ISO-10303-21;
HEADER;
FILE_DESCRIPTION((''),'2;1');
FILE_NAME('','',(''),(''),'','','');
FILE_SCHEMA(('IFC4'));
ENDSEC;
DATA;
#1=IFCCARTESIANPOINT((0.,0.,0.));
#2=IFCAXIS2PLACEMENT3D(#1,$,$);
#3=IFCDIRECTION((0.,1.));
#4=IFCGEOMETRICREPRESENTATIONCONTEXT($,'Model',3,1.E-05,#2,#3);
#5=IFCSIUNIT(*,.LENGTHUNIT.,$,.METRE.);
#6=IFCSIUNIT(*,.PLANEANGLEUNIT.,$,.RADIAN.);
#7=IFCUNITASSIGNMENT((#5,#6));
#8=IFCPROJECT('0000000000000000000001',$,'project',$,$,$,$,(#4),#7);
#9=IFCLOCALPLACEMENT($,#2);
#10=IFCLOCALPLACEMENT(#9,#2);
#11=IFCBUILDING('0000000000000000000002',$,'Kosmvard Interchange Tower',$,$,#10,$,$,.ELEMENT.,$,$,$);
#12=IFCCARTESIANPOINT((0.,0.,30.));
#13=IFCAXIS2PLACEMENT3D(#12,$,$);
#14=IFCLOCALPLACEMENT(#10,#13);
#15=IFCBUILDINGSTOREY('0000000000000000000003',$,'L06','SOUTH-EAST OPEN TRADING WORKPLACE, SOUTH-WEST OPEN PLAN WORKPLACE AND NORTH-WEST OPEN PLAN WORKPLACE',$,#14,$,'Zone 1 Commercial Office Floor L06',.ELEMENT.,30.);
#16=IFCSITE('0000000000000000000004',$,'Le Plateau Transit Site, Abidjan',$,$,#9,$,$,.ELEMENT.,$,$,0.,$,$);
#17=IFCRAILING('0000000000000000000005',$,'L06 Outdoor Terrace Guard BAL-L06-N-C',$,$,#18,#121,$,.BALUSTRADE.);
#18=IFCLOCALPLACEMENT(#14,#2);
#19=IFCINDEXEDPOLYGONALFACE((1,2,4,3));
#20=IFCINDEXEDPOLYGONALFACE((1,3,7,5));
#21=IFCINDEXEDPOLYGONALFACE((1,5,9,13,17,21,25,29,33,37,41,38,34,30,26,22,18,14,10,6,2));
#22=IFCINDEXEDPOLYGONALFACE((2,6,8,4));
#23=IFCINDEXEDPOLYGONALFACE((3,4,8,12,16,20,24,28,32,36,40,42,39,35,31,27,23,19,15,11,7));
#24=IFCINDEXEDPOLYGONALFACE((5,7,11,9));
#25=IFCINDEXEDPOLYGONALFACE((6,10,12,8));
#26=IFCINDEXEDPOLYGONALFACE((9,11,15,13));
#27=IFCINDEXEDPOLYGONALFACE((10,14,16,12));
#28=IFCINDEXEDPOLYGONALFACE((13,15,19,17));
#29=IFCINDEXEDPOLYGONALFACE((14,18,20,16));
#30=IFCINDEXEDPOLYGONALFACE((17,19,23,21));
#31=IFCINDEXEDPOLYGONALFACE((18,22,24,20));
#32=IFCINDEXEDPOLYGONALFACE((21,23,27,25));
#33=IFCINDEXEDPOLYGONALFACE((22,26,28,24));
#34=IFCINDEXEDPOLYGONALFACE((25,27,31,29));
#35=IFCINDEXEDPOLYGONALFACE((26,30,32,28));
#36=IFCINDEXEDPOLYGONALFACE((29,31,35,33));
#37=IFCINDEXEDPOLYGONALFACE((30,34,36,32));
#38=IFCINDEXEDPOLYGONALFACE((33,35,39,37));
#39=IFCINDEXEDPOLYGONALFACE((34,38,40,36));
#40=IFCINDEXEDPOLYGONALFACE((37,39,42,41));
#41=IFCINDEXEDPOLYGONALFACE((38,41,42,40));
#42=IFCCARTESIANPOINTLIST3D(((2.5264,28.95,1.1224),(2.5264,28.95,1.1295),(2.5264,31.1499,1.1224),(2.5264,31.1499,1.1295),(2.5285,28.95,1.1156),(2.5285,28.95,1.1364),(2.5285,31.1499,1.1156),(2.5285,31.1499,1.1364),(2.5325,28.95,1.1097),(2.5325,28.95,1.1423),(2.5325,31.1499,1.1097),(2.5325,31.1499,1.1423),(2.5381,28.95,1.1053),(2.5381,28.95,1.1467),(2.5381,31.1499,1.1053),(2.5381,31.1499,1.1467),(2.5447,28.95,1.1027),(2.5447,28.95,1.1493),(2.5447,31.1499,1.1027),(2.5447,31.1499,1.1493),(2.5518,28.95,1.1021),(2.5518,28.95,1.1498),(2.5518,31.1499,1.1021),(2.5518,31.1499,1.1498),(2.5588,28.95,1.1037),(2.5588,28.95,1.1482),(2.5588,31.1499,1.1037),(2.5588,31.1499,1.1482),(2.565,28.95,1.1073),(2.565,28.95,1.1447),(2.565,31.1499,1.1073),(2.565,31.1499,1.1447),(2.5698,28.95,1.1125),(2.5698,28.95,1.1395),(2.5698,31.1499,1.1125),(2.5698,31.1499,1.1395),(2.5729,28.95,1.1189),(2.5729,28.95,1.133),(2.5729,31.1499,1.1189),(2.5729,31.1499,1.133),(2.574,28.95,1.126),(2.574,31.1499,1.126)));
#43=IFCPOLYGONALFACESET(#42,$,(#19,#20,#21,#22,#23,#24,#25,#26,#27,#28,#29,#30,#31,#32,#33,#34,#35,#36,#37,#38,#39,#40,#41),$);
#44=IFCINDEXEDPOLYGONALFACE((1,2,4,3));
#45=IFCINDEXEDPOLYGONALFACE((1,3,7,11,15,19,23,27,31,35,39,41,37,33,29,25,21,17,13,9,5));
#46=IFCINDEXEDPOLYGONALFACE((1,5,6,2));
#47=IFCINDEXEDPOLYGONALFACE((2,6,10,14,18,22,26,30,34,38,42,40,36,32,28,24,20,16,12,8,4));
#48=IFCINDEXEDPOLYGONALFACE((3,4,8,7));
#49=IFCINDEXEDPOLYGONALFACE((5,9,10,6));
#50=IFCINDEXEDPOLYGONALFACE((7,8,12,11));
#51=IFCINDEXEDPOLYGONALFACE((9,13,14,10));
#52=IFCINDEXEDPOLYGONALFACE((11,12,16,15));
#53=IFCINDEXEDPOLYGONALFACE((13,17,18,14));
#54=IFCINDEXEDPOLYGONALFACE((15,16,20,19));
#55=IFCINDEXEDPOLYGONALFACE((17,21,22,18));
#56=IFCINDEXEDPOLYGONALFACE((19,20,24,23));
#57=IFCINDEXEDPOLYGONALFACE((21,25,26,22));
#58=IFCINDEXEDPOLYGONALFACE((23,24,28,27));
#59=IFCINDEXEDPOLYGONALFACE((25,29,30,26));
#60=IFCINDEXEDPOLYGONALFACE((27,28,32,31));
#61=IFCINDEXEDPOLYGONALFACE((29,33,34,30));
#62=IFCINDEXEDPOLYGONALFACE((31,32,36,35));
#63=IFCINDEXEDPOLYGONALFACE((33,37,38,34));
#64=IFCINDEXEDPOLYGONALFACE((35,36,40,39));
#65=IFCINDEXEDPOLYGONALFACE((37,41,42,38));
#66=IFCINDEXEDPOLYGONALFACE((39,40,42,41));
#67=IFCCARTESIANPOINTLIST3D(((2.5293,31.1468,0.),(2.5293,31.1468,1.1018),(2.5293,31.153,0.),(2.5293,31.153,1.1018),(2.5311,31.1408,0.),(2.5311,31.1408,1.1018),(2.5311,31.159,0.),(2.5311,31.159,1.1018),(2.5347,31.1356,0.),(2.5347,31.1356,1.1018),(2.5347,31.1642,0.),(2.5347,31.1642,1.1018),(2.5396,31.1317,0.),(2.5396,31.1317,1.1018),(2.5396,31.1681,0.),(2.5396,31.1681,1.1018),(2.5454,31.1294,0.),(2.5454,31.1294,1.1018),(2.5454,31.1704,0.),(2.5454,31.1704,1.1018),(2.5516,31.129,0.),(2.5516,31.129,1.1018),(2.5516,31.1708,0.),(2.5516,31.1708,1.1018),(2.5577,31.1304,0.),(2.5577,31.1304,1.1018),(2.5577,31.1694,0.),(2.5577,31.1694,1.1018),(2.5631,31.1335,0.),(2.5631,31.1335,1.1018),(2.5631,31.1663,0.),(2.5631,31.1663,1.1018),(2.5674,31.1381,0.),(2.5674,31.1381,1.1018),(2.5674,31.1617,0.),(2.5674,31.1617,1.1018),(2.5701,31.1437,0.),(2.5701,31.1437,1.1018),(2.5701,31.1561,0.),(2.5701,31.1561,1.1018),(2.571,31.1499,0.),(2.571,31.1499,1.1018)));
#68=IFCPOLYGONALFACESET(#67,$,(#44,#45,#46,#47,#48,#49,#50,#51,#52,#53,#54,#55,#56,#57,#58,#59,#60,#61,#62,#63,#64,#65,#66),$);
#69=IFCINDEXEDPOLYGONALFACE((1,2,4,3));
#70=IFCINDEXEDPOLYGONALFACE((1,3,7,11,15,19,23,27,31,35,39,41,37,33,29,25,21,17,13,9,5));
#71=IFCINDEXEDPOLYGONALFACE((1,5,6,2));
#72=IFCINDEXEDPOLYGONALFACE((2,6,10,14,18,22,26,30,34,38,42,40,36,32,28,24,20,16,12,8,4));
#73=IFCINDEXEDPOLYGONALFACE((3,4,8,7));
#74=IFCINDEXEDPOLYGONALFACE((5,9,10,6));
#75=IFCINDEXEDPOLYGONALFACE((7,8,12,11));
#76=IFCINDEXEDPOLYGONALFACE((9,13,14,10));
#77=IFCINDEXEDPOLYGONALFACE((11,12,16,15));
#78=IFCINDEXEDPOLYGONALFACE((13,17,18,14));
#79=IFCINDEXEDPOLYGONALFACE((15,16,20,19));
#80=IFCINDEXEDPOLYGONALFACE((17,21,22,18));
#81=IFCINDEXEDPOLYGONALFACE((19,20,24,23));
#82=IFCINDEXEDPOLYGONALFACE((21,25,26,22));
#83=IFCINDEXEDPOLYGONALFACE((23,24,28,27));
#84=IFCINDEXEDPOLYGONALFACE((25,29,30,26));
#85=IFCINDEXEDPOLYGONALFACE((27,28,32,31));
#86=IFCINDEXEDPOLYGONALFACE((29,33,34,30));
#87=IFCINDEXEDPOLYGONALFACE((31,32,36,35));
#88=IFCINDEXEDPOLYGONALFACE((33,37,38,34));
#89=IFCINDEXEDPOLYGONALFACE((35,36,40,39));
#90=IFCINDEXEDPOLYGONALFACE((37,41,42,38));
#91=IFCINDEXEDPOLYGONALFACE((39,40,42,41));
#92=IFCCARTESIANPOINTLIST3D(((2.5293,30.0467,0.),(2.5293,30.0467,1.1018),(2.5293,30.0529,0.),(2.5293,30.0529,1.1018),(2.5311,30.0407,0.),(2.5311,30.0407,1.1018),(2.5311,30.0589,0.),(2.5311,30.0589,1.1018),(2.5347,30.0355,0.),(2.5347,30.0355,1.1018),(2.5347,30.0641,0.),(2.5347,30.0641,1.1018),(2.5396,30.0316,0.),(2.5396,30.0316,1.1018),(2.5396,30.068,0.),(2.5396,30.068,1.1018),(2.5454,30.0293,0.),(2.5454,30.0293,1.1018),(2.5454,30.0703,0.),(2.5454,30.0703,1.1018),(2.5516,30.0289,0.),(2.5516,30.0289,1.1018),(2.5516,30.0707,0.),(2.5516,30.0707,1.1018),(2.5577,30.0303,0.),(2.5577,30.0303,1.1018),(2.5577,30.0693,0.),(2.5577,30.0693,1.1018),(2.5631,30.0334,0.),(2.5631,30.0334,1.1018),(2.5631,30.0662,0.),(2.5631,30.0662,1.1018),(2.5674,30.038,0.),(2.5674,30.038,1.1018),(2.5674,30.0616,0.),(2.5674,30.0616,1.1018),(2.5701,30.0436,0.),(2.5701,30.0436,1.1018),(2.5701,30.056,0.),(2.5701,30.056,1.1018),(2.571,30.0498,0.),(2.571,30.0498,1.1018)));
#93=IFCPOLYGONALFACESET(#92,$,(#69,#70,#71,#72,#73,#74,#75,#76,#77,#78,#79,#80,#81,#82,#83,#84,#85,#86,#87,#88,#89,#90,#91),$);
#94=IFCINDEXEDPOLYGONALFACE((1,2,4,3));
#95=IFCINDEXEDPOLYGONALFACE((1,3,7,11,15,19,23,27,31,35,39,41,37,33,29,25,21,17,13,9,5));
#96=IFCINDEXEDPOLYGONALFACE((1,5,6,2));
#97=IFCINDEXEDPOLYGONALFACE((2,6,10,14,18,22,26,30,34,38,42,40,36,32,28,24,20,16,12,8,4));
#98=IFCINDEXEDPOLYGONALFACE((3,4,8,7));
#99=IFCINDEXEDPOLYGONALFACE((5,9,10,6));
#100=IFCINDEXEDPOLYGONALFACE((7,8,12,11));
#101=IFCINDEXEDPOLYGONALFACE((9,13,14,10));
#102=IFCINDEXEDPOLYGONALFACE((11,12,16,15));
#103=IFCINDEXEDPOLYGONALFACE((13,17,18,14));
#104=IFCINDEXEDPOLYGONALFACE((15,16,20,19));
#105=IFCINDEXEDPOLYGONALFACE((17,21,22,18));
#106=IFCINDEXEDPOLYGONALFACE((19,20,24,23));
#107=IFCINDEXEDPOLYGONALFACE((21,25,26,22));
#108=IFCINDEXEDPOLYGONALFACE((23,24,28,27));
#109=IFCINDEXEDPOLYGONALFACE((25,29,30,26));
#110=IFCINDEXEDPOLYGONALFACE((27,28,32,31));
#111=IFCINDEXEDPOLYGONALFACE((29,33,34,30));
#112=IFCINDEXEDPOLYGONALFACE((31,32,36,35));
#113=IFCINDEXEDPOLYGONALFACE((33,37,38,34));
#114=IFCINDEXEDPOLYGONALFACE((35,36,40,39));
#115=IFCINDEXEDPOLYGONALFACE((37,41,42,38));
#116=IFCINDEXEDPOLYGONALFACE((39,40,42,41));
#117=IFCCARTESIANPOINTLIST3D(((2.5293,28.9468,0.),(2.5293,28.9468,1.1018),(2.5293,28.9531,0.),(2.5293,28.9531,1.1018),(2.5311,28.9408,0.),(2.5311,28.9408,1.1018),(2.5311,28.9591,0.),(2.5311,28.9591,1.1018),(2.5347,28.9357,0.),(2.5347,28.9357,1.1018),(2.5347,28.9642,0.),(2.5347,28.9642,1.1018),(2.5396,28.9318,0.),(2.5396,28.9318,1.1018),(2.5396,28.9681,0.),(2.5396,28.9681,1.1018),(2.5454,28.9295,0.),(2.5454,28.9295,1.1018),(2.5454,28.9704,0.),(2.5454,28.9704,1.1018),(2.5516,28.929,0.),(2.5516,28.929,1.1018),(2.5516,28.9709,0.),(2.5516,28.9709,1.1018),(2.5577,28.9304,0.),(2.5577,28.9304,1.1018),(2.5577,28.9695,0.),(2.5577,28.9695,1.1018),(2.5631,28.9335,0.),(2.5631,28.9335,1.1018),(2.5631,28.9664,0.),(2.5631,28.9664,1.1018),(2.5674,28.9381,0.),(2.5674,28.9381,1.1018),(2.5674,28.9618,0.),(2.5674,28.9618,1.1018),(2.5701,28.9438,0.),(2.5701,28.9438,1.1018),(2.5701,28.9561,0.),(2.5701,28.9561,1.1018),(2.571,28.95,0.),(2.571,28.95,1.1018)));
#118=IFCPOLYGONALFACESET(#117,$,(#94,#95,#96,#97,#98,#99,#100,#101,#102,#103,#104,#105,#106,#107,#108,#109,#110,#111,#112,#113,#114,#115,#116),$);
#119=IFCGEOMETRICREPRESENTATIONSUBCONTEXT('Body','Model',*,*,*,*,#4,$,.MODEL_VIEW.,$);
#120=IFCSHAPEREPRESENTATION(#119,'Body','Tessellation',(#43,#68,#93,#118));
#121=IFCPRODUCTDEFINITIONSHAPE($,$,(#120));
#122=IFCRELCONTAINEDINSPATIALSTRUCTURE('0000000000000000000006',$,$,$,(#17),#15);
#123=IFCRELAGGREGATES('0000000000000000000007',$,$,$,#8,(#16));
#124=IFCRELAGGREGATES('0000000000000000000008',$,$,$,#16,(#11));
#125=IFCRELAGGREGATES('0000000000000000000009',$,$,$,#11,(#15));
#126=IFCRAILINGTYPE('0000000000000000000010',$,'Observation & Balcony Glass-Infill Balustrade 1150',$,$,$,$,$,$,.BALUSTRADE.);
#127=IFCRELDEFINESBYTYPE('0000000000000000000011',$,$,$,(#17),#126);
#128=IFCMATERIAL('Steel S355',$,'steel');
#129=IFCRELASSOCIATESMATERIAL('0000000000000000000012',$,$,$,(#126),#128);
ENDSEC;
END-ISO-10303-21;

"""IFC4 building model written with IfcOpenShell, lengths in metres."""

from ifc_helpers import new_model, si_unit, direction, frame, origin, origin_2d, place, context, subcontext, project, spatial, circle, extrude, source, transform, mapped, material, type_object, element, save


model = new_model("IFC4")

# Units and contexts
model_context = context("Model", 3, precision=1e-05, world=origin(), true_north=direction((0.0, 1.0)))
body_context = subcontext(model_context, "Body", "Model", "MODEL_VIEW")
ifc_project = project(units=[si_unit("LENGTHUNIT", "METRE"), si_unit("PLANEANGLEUNIT", "RADIAN")], contexts=[model_context])

# Site, building, storey
site_placement = place(None, origin())
site = spatial("IfcSite", under=ifc_project, at=site_placement, Name="Le Plateau Transit Site, Abidjan", CompositionType="ELEMENT", RefElevation=0.0)
building_placement = place(site_placement, origin())
building = spatial("IfcBuilding", under=site, at=building_placement, Name="Kosmvard Interchange Tower", CompositionType="ELEMENT")
storey_placement = place(building_placement, frame((0.0, 0.0, 30.0)))
storey = spatial("IfcBuildingStorey", under=building, at=storey_placement, Name="L06", Description="SOUTH-EAST OPEN TRADING WORKPLACE, SOUTH-WEST OPEN PLAN WORKPLACE AND NORTH-WEST OPEN PLAN WORKPLACE", LongName="Zone 1 Commercial Office Floor L06", CompositionType="ELEMENT", Elevation=30.0)

# Shared definitions
ifc_material_1 = material(Name="Steel S355", Category="steel")

# Railing
railing_type = type_object("IfcRailingType", Name="Observation & Balcony Glass-Infill Balustrade 1150", PredefinedType="BALUSTRADE", material=ifc_material_1)
shared_shape_1 = source(origin(), body_context, "Body", "SweptSolid", [
    extrude(circle(Radius=0.0239, at=origin_2d()), frame((0.0, 0.0, 1.126), z_axis=(0.0, -1.0, 0.0), x_axis=(1.0, 0.0, 0.0)), (0.0, 0.0, 1.0), 2.2),
    extrude(circle(Radius=0.021, at=origin_2d()), origin(), (0.0, 0.0, 1.0), 1.1018),
    extrude(circle(Radius=0.021, at=origin_2d()), frame((0.0, -1.1001, 0.0)), (0.0, 0.0, 1.0), 1.1018),
    extrude(circle(Radius=0.021, at=origin_2d()), frame((0.0, -2.2, 0.0)), (0.0, 0.0, 1.0), 1.1018),
])
railing_1_placement = place(storey_placement, frame((2.55, 31.1499, 0.0)))
element("IfcRailing", 1, at=railing_1_placement, inside=storey, type_object=railing_type, Name="L06 Outdoor Terrace Guard BAL-L06-N-C", PredefinedType="BALUSTRADE", context=body_context, shape_type="MappedRepresentation", body=[
    mapped(shared_shape_1, transform((0.0, 0.0, 0.0), scale=1.0)),
])

save(model, "model.ifc")
